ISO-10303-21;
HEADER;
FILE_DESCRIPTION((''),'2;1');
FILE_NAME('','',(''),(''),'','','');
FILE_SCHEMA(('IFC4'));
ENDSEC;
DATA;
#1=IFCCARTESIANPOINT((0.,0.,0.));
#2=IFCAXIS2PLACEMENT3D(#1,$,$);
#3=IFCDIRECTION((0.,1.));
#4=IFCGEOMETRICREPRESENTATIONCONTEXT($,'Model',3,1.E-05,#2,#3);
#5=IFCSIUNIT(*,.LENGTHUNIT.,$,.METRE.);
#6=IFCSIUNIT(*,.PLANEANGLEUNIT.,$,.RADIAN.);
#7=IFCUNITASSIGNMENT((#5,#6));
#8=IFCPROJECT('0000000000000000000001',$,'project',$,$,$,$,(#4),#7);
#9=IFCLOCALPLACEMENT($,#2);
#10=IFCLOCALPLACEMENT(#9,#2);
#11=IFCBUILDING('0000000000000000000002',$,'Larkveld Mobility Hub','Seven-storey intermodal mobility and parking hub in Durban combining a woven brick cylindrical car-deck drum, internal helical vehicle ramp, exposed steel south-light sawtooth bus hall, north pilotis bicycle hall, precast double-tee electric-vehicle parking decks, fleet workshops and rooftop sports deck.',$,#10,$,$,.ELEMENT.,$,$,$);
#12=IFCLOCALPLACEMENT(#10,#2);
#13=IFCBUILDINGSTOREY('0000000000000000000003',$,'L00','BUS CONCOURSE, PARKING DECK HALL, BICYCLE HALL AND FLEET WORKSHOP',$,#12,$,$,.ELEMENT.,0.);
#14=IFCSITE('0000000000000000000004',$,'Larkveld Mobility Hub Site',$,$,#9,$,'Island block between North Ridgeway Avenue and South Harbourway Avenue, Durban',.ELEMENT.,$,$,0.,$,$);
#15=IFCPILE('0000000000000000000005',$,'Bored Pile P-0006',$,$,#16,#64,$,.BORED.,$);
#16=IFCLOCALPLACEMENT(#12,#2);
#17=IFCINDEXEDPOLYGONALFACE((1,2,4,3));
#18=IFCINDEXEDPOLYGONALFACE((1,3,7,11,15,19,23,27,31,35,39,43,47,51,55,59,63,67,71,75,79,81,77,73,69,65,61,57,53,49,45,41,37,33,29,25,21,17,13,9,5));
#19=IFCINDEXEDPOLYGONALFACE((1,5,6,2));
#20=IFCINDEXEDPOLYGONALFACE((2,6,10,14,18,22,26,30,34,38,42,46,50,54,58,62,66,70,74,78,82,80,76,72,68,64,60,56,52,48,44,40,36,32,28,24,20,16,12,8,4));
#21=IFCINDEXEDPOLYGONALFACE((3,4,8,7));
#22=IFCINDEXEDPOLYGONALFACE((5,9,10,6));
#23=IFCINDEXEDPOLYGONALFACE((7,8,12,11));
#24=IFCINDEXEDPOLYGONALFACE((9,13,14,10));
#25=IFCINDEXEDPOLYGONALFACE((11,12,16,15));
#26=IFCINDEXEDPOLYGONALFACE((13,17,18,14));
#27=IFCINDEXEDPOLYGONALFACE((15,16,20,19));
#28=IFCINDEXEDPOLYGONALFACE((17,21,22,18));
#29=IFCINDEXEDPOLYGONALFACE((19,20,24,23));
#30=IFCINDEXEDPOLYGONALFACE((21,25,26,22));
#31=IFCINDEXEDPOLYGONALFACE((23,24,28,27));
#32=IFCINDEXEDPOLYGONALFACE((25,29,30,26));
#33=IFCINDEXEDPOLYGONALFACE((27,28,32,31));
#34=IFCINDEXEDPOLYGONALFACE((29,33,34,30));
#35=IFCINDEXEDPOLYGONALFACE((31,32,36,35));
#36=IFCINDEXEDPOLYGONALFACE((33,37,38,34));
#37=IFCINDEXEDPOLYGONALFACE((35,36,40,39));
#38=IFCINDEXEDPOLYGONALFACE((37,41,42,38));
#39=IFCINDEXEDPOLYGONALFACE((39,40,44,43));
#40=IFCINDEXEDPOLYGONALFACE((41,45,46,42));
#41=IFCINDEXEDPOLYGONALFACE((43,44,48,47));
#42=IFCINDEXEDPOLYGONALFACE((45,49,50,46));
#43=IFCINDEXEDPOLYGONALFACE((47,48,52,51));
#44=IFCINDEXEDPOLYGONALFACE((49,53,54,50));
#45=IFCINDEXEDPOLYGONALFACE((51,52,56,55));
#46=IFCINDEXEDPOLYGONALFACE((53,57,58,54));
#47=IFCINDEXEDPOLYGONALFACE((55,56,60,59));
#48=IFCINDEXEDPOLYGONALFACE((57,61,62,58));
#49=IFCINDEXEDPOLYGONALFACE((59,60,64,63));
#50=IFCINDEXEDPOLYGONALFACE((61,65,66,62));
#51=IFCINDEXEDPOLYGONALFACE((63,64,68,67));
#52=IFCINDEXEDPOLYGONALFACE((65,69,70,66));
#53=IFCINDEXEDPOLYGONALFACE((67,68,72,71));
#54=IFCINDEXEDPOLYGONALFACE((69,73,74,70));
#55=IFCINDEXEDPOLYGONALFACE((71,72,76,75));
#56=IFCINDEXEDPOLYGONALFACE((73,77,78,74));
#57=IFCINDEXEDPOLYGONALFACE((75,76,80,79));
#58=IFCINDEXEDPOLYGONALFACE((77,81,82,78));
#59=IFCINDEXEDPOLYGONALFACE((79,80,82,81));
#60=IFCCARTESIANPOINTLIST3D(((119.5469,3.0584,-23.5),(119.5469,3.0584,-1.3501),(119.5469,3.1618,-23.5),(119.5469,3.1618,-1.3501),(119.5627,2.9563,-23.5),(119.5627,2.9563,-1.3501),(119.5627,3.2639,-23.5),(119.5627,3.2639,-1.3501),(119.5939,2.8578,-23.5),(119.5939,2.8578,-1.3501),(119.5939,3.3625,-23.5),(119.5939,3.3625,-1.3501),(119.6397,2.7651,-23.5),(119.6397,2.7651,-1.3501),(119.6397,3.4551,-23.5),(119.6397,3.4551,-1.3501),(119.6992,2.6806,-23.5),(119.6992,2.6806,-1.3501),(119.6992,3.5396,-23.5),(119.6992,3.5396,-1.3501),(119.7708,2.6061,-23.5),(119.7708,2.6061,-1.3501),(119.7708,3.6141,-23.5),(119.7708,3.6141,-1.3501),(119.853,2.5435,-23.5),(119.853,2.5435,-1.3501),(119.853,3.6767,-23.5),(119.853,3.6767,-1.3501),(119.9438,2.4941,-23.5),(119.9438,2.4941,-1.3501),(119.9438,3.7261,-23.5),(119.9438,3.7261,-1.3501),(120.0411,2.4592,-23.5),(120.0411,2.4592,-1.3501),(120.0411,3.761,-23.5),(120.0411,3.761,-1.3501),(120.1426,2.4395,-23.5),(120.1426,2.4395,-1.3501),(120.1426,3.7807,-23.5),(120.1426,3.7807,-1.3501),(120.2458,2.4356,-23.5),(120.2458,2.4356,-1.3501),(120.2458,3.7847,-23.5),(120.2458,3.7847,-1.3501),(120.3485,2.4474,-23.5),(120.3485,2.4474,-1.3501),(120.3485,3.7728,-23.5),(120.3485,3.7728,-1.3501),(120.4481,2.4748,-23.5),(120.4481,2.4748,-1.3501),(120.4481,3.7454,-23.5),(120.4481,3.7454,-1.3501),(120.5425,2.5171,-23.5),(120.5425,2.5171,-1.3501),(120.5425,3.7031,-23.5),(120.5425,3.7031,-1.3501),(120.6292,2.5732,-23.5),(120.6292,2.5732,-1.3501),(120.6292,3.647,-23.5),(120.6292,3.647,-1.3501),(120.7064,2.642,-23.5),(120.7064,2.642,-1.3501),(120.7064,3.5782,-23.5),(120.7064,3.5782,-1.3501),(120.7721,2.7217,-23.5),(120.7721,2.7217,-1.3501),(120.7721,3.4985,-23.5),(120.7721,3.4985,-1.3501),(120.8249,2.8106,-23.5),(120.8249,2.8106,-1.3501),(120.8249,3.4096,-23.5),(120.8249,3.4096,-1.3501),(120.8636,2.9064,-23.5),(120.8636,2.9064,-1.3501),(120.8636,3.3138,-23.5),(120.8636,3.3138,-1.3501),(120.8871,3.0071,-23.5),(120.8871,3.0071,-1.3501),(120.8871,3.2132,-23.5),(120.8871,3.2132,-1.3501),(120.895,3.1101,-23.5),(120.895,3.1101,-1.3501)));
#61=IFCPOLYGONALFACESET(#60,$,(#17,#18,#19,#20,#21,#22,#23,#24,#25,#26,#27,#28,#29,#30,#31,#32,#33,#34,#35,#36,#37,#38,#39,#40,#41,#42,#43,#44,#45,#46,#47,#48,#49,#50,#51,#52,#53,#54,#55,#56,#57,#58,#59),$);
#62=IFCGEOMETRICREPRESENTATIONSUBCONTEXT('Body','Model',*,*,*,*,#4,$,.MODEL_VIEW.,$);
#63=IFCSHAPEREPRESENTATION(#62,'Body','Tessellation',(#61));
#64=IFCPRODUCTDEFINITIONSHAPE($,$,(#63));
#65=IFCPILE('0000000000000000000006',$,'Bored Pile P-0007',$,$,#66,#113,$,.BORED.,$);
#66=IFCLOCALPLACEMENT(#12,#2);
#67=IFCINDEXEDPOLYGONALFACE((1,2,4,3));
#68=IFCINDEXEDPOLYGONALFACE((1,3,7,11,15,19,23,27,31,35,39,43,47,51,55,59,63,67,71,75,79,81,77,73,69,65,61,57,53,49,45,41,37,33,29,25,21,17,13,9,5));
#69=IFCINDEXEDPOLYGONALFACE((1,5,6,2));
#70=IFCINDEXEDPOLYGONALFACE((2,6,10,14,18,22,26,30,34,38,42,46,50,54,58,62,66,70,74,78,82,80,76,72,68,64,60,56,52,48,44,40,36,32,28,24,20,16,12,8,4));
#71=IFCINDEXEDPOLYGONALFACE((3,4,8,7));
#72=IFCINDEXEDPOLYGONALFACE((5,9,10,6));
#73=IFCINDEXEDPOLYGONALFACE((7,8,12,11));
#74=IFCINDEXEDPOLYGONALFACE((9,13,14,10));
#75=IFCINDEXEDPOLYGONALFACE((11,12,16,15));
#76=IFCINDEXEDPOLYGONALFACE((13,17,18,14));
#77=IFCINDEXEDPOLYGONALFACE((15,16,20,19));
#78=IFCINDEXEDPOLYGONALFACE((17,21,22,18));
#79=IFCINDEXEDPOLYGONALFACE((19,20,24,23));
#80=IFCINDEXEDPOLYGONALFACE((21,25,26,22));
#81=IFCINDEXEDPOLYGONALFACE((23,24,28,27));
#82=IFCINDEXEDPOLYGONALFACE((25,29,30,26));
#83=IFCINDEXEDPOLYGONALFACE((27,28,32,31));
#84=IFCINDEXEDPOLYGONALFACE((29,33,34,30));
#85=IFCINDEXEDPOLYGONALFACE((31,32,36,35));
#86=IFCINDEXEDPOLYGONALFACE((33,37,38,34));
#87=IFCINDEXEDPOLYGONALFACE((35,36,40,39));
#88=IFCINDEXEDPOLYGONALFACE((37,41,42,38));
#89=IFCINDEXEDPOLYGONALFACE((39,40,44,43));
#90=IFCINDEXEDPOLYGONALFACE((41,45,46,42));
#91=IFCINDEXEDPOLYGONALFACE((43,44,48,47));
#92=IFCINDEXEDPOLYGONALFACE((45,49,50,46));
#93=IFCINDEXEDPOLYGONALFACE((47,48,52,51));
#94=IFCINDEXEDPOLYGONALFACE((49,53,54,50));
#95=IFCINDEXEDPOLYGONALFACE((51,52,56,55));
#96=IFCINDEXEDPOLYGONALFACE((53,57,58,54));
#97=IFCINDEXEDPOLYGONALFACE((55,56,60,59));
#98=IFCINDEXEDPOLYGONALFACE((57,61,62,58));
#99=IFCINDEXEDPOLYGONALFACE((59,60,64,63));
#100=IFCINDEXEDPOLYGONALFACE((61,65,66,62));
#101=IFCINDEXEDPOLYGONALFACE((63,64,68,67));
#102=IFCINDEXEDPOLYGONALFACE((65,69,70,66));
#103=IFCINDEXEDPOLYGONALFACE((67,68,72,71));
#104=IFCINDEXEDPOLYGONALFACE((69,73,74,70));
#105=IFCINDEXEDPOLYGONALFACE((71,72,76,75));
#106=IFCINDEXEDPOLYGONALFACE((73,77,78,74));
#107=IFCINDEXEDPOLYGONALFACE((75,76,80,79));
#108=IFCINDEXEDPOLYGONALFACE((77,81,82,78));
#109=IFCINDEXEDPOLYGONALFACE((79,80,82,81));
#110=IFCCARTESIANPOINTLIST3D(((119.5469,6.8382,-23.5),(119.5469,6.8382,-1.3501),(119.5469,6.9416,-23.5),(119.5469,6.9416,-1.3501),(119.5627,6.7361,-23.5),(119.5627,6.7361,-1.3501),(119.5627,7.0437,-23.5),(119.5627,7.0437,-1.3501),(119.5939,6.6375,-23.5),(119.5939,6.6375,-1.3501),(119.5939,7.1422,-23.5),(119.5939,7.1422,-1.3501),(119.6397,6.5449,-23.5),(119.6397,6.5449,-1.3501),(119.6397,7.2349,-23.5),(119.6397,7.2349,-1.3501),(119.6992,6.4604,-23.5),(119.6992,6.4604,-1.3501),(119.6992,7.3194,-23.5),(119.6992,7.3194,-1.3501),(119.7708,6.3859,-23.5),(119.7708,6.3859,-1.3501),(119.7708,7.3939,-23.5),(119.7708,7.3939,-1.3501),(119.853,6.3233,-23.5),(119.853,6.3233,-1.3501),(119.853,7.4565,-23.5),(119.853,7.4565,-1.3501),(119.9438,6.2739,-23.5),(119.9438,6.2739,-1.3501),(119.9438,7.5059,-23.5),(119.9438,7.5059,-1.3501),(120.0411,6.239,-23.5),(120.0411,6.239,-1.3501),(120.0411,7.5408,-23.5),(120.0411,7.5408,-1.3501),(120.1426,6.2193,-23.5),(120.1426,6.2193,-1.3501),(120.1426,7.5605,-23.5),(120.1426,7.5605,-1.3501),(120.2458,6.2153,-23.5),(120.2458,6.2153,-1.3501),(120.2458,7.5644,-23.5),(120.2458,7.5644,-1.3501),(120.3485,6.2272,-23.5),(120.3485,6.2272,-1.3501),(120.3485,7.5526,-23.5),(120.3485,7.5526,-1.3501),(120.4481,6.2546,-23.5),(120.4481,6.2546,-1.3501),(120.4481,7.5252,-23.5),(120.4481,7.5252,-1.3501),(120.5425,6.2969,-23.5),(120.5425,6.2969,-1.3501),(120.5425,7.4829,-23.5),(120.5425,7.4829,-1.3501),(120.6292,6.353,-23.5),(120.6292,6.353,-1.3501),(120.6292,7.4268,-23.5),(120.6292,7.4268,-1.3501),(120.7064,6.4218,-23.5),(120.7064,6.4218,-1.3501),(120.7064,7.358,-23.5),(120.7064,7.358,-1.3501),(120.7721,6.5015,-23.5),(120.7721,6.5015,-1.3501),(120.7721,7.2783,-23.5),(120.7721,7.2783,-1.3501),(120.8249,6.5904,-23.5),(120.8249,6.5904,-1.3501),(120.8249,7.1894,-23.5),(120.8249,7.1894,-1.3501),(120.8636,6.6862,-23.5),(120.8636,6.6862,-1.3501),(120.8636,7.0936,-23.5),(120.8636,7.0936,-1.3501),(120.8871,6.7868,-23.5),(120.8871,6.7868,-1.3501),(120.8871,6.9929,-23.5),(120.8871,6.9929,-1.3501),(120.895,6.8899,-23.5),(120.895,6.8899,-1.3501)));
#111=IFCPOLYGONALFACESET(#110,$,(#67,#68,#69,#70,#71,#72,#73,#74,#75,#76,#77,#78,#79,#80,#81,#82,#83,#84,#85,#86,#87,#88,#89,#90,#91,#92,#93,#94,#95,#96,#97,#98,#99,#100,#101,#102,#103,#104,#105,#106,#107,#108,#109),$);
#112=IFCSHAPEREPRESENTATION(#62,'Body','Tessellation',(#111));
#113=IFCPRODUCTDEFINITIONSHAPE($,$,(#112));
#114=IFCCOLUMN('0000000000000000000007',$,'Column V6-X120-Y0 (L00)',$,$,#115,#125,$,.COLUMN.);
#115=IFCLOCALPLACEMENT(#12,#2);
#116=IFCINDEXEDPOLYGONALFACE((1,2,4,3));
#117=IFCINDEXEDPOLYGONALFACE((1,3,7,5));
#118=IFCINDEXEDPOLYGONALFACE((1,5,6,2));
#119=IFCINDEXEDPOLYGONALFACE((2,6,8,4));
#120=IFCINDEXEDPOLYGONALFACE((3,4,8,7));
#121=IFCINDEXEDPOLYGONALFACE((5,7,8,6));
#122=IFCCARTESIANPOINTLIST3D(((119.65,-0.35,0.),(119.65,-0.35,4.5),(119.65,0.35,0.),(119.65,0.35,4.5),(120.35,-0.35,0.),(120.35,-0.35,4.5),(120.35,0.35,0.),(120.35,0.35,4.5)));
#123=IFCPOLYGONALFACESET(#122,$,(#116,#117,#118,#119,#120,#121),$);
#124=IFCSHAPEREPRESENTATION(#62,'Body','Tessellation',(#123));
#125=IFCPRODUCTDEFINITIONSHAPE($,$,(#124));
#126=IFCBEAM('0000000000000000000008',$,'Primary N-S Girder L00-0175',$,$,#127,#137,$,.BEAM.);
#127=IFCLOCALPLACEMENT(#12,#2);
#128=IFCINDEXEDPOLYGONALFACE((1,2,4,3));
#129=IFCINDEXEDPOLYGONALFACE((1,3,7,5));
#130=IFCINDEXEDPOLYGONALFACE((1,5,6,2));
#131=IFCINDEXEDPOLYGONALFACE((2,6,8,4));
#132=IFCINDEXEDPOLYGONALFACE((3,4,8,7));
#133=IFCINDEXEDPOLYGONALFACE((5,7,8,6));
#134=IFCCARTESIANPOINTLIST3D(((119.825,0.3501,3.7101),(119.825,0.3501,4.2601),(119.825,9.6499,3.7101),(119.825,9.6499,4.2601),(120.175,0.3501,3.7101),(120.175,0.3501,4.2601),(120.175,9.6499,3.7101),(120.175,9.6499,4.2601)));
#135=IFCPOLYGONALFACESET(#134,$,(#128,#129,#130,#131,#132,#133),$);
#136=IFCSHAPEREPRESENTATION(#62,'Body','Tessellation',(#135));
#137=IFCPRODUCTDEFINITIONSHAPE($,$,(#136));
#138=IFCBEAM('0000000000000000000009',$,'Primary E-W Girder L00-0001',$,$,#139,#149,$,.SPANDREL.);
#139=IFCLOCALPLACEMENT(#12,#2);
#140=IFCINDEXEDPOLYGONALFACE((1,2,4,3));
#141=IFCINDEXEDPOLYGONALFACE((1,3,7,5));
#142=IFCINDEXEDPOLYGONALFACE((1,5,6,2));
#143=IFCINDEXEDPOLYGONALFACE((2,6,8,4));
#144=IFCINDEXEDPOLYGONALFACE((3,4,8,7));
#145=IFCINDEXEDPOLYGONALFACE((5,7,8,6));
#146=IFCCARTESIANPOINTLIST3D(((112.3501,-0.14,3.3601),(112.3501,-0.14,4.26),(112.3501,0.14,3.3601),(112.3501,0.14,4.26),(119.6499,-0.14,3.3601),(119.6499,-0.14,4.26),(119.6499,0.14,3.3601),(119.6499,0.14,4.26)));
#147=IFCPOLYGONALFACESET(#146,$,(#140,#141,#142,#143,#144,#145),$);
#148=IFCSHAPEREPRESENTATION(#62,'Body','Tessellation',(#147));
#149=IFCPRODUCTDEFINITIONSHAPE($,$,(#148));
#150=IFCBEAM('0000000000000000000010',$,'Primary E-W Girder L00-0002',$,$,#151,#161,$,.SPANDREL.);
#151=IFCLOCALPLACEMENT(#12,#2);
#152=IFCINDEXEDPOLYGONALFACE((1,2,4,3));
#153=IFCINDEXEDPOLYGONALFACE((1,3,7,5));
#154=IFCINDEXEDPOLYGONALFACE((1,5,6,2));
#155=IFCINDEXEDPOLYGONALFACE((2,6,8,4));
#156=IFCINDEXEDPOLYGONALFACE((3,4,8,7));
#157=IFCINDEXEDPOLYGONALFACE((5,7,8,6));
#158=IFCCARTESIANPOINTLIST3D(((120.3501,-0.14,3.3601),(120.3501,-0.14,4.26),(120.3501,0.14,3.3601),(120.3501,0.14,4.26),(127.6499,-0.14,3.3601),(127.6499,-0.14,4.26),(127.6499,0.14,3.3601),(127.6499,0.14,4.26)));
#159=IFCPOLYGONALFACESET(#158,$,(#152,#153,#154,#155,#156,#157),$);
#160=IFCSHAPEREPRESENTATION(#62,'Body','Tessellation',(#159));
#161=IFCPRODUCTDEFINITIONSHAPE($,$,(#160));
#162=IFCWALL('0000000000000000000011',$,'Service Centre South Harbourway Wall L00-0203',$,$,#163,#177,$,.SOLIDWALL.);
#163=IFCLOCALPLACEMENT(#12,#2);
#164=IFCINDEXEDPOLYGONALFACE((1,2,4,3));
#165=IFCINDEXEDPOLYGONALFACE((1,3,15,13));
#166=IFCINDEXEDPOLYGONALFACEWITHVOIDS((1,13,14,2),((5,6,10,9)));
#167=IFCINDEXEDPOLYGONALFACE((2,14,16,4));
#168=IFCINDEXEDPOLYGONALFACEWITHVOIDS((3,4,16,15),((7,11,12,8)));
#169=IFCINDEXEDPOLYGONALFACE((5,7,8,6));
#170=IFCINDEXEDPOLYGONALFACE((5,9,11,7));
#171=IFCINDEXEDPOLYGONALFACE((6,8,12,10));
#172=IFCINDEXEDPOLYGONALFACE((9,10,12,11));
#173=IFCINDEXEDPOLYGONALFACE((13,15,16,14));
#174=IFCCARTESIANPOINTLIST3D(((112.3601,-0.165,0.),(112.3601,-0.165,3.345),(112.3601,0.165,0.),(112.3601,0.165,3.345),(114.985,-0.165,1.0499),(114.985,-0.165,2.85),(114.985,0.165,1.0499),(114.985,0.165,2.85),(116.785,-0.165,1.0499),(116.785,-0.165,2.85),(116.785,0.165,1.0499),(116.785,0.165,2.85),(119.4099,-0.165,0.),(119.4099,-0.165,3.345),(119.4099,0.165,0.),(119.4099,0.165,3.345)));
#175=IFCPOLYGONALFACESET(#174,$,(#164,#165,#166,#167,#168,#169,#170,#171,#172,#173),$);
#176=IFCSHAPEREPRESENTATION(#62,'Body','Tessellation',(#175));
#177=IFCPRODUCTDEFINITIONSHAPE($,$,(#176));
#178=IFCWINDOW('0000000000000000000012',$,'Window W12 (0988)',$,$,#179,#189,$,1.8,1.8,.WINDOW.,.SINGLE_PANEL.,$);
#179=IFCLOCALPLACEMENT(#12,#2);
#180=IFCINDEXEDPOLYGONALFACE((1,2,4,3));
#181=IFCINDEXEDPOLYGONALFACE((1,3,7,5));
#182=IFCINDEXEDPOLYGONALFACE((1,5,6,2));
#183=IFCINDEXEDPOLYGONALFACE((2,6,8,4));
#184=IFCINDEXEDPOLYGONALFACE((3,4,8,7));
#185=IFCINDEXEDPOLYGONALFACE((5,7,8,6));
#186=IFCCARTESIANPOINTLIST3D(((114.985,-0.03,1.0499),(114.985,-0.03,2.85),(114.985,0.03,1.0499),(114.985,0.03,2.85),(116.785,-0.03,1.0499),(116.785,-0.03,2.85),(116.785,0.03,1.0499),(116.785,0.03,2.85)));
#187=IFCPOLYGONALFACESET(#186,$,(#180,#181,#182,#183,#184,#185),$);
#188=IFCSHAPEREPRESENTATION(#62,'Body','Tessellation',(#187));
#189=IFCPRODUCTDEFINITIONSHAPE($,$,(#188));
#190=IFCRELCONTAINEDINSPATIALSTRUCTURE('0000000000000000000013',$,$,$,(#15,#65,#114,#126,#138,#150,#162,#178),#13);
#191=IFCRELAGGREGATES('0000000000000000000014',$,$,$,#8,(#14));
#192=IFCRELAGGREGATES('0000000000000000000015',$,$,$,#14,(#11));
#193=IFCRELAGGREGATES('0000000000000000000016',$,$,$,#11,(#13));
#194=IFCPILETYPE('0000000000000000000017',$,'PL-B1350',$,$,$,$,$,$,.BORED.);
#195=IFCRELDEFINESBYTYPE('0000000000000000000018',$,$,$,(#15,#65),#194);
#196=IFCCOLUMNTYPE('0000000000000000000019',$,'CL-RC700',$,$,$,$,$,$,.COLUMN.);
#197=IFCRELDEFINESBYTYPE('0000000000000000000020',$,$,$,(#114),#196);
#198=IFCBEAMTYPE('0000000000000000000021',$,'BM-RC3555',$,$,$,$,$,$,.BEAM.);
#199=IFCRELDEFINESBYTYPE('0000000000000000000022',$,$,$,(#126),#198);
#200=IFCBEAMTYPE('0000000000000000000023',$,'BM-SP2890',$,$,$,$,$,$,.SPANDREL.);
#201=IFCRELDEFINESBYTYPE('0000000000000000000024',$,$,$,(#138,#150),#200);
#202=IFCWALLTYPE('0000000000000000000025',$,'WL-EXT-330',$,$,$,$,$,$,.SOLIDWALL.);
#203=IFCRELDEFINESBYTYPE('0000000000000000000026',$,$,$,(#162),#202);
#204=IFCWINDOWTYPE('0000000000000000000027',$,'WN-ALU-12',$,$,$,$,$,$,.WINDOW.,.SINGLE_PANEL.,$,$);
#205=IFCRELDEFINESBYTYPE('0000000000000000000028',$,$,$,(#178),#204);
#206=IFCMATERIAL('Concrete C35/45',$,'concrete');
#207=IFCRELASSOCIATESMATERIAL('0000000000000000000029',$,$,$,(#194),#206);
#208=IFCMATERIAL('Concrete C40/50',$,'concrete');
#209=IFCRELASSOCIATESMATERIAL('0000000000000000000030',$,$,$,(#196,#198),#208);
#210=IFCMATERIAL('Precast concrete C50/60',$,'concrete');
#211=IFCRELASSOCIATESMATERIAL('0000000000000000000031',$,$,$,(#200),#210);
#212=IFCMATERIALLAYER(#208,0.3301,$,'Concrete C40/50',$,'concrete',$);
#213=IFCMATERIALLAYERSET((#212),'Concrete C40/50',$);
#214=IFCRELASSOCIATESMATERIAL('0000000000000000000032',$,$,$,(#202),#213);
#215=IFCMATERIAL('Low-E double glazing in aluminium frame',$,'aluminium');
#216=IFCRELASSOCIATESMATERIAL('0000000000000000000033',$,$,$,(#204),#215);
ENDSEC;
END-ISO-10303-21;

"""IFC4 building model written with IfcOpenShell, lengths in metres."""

from ifc_helpers import new_model, si_unit, direction, frame, frame_2d, origin, origin_2d, place, context, subcontext, project, spatial, rectangle, circle, extrude, material, layer, layer_set, material_profile, profile_set, type_object, element, fill, save


model = new_model("IFC4")

# Units and contexts
model_context = context("Model", 3, precision=1e-05, world=origin(), true_north=direction((0.0, 1.0)))
body_context = subcontext(model_context, "Body", "Model", "MODEL_VIEW")
ifc_project = project(units=[si_unit("LENGTHUNIT", "METRE"), si_unit("PLANEANGLEUNIT", "RADIAN")], contexts=[model_context])

# Site, building, storey
site_placement = place(None, origin())
site = spatial("IfcSite", under=ifc_project, at=site_placement, Name="Larkveld Mobility Hub Site", LongName="Island block between North Ridgeway Avenue and South Harbourway Avenue, Durban", CompositionType="ELEMENT", RefElevation=0.0)
building_placement = place(site_placement, origin())
building = spatial("IfcBuilding", under=site, at=building_placement, Name="Larkveld Mobility Hub", Description="Seven-storey intermodal mobility and parking hub in Durban combining a woven brick cylindrical car-deck drum, internal helical vehicle ramp, exposed steel south-light sawtooth bus hall, north pilotis bicycle hall, precast double-tee electric-vehicle parking decks, fleet workshops and rooftop sports deck.", CompositionType="ELEMENT")
storey_placement = place(building_placement, origin())
storey = spatial("IfcBuildingStorey", under=building, at=storey_placement, Name="L00", Description="BUS CONCOURSE, PARKING DECK HALL, BICYCLE HALL AND FLEET WORKSHOP", CompositionType="ELEMENT", Elevation=0.0)

# Piles
ifc_material_1 = material(Name="Concrete C35/45", Category="concrete")
ifc_material_profile_1 = material_profile(ifc_material_1, circle(Radius=0.675, at=origin_2d()), Name="PILE D1350")
ifc_profile_set_1 = profile_set([ifc_material_profile_1], Name="Concrete C35/45")
pile_type_1 = type_object("IfcPileType", Name="PL-B1350", PredefinedType="BORED", material=ifc_profile_set_1)
for number, where, z_axis, x_axis, name in (
    (1, (120.22, 3.1101, -1.3501), (0.0, 0.0, -1.0), (1.0, 0.0, 0.0), "Bored Pile P-0006"),
    (2, (120.22, 6.8899, -1.3501), (0.0, 0.0, -1.0), (1.0, 0.0, 0.0), "Bored Pile P-0007"),
):
    element("IfcPile", number, at=place(storey_placement, frame(where, z_axis=z_axis, x_axis=x_axis)), inside=storey, type_object=pile_type_1, Name=name, PredefinedType="BORED", context=body_context, shape_type="SweptSolid", body=[
        extrude(circle(Radius=0.675, at=origin_2d()), origin(), (0.0, 0.0, 1.0), 22.1499),
    ])

# Column
ifc_material_2 = material(Name="Concrete C40/50", Category="concrete")
ifc_material_profile_2 = material_profile(ifc_material_2, rectangle(XDim=0.7, YDim=0.7, at=origin_2d()), Name="RC COL 700x700")
ifc_profile_set_2 = profile_set([ifc_material_profile_2], Name="Concrete C40/50")
column_type = type_object("IfcColumnType", Name="CL-RC700", PredefinedType="COLUMN", material=ifc_profile_set_2)
column_placement = place(storey_placement, frame((120.0, 0.0, 0.0), z_axis=(0.0, 0.0, 1.0), x_axis=(1.0, 0.0, 0.0)))
element("IfcColumn", 3, at=column_placement, inside=storey, type_object=column_type, Name="Column V6-X120-Y0 (L00)", PredefinedType="COLUMN", context=body_context, shape_type="SweptSolid", body=[
    extrude(rectangle(XDim=0.7, YDim=0.7, at=origin_2d()), origin(), (0.0, 0.0, 1.0), 4.5),
])

# Beams
ifc_material_profile_3 = material_profile(ifc_material_2, rectangle(XDim=0.3501, YDim=0.55, at=origin_2d()), Name="RC BM 350x550")
ifc_profile_set_3 = profile_set([ifc_material_profile_3], Name="Concrete C40/50")
beam_type_1 = type_object("IfcBeamType", Name="BM-RC3555", PredefinedType="BEAM", material=ifc_profile_set_3)
beam_placement = place(storey_placement, frame((120.0, 0.3501, 3.9851), z_axis=(0.0, 1.0, 0.0), x_axis=(-1.0, 0.0, 0.0)))
element("IfcBeam", 4, at=beam_placement, inside=storey, type_object=beam_type_1, Name="Primary N-S Girder L00-0175", PredefinedType="BEAM", context=body_context, shape_type="SweptSolid", body=[
    extrude(rectangle(XDim=0.3501, YDim=0.55, at=origin_2d()), origin(), (0.0, 0.0, 1.0), 9.2998),
])
ifc_material_3 = material(Name="Precast concrete C50/60", Category="concrete")
ifc_material_profile_4 = material_profile(ifc_material_3, rectangle(XDim=0.28, YDim=0.8999, at=origin_2d()), Name="PC SP 280x900")
ifc_profile_set_4 = profile_set([ifc_material_profile_4], Name="Precast concrete C50/60")
beam_type_2 = type_object("IfcBeamType", Name="BM-SP2890", PredefinedType="SPANDREL", material=ifc_profile_set_4)
for number, where, z_axis, x_axis, name in (
    (5, (112.3501, 0.0, 3.8101), (1.0, 0.0, 0.0), (0.0, 1.0, 0.0), "Primary E-W Girder L00-0001"),
    (6, (120.3501, 0.0, 3.8101), (1.0, 0.0, 0.0), (0.0, 1.0, 0.0), "Primary E-W Girder L00-0002"),
):
    element("IfcBeam", number, at=place(storey_placement, frame(where, z_axis=z_axis, x_axis=x_axis)), inside=storey, type_object=beam_type_2, Name=name, PredefinedType="SPANDREL", context=body_context, shape_type="SweptSolid", body=[
        extrude(rectangle(XDim=0.28, YDim=0.8999, at=origin_2d()), origin(), (0.0, 0.0, 1.0), 7.2998),
    ])

# Wall, opening, window
ifc_layer_1 = layer(ifc_material_2, 0.3301, Name="Concrete C40/50", Category="concrete")
ifc_layer_set_1 = layer_set([ifc_layer_1], Name="Concrete C40/50")
wall_type_1 = type_object("IfcWallType", Name="WL-EXT-330", PredefinedType="SOLIDWALL", material=ifc_layer_set_1)
wall_1_placement = place(storey_placement, frame((112.3601, 0.0, 0.0), z_axis=(0.0, 0.0, 1.0), x_axis=(1.0, 0.0, 0.0)))
wall_1 = element("IfcWall", 7, at=wall_1_placement, inside=storey, type_object=wall_type_1, Name="Service Centre South Harbourway Wall L00-0203", PredefinedType="SOLIDWALL", context=body_context, shape_type="SweptSolid", body=[
    extrude(rectangle(XDim=7.0498, YDim=0.3301, at=frame_2d((3.5249, 0.0))), origin(), (0.0, 0.0, 1.0), 3.345),
])
opening_placement = place(wall_1_placement, frame((2.625, 0.0, 1.05)))
opening = element("IfcOpeningElement", 8, at=opening_placement, cuts=wall_1, PredefinedType="OPENING", context=body_context, shape_type="SweptSolid", body=[
    extrude(rectangle(XDim=1.8, YDim=1.8, at=frame_2d((0.8999, 0.8999))), frame((0.0, 0.175, 0.0), z_axis=(0.0, -1.0, 0.0), x_axis=(1.0, 0.0, 0.0)), (0.0, 0.0, 1.0), 0.3501),
])
ifc_material_4 = material(Name="Low-E double glazing in aluminium frame", Category="aluminium")
window_type = type_object("IfcWindowType", Name="WN-ALU-12", PartitioningType="SINGLE_PANEL", PredefinedType="WINDOW", material=ifc_material_4)
window_placement = place(opening_placement, origin())
window = element("IfcWindow", 9, at=window_placement, inside=storey, type_object=window_type, Name="Window W12 (0988)", OverallHeight=1.8, OverallWidth=1.8, PartitioningType="SINGLE_PANEL", PredefinedType="WINDOW", context=body_context, shape_type="SweptSolid", body=[
    extrude(rectangle(XDim=1.8, YDim=1.8, at=frame_2d((0.8999, 0.8999))), frame((0.0, 0.03, 0.0), z_axis=(0.0, -1.0, 0.0), x_axis=(1.0, 0.0, 0.0)), (0.0, 0.0, 1.0), 0.0601),
])
fill(opening, window)

save(model, "model.ifc")
